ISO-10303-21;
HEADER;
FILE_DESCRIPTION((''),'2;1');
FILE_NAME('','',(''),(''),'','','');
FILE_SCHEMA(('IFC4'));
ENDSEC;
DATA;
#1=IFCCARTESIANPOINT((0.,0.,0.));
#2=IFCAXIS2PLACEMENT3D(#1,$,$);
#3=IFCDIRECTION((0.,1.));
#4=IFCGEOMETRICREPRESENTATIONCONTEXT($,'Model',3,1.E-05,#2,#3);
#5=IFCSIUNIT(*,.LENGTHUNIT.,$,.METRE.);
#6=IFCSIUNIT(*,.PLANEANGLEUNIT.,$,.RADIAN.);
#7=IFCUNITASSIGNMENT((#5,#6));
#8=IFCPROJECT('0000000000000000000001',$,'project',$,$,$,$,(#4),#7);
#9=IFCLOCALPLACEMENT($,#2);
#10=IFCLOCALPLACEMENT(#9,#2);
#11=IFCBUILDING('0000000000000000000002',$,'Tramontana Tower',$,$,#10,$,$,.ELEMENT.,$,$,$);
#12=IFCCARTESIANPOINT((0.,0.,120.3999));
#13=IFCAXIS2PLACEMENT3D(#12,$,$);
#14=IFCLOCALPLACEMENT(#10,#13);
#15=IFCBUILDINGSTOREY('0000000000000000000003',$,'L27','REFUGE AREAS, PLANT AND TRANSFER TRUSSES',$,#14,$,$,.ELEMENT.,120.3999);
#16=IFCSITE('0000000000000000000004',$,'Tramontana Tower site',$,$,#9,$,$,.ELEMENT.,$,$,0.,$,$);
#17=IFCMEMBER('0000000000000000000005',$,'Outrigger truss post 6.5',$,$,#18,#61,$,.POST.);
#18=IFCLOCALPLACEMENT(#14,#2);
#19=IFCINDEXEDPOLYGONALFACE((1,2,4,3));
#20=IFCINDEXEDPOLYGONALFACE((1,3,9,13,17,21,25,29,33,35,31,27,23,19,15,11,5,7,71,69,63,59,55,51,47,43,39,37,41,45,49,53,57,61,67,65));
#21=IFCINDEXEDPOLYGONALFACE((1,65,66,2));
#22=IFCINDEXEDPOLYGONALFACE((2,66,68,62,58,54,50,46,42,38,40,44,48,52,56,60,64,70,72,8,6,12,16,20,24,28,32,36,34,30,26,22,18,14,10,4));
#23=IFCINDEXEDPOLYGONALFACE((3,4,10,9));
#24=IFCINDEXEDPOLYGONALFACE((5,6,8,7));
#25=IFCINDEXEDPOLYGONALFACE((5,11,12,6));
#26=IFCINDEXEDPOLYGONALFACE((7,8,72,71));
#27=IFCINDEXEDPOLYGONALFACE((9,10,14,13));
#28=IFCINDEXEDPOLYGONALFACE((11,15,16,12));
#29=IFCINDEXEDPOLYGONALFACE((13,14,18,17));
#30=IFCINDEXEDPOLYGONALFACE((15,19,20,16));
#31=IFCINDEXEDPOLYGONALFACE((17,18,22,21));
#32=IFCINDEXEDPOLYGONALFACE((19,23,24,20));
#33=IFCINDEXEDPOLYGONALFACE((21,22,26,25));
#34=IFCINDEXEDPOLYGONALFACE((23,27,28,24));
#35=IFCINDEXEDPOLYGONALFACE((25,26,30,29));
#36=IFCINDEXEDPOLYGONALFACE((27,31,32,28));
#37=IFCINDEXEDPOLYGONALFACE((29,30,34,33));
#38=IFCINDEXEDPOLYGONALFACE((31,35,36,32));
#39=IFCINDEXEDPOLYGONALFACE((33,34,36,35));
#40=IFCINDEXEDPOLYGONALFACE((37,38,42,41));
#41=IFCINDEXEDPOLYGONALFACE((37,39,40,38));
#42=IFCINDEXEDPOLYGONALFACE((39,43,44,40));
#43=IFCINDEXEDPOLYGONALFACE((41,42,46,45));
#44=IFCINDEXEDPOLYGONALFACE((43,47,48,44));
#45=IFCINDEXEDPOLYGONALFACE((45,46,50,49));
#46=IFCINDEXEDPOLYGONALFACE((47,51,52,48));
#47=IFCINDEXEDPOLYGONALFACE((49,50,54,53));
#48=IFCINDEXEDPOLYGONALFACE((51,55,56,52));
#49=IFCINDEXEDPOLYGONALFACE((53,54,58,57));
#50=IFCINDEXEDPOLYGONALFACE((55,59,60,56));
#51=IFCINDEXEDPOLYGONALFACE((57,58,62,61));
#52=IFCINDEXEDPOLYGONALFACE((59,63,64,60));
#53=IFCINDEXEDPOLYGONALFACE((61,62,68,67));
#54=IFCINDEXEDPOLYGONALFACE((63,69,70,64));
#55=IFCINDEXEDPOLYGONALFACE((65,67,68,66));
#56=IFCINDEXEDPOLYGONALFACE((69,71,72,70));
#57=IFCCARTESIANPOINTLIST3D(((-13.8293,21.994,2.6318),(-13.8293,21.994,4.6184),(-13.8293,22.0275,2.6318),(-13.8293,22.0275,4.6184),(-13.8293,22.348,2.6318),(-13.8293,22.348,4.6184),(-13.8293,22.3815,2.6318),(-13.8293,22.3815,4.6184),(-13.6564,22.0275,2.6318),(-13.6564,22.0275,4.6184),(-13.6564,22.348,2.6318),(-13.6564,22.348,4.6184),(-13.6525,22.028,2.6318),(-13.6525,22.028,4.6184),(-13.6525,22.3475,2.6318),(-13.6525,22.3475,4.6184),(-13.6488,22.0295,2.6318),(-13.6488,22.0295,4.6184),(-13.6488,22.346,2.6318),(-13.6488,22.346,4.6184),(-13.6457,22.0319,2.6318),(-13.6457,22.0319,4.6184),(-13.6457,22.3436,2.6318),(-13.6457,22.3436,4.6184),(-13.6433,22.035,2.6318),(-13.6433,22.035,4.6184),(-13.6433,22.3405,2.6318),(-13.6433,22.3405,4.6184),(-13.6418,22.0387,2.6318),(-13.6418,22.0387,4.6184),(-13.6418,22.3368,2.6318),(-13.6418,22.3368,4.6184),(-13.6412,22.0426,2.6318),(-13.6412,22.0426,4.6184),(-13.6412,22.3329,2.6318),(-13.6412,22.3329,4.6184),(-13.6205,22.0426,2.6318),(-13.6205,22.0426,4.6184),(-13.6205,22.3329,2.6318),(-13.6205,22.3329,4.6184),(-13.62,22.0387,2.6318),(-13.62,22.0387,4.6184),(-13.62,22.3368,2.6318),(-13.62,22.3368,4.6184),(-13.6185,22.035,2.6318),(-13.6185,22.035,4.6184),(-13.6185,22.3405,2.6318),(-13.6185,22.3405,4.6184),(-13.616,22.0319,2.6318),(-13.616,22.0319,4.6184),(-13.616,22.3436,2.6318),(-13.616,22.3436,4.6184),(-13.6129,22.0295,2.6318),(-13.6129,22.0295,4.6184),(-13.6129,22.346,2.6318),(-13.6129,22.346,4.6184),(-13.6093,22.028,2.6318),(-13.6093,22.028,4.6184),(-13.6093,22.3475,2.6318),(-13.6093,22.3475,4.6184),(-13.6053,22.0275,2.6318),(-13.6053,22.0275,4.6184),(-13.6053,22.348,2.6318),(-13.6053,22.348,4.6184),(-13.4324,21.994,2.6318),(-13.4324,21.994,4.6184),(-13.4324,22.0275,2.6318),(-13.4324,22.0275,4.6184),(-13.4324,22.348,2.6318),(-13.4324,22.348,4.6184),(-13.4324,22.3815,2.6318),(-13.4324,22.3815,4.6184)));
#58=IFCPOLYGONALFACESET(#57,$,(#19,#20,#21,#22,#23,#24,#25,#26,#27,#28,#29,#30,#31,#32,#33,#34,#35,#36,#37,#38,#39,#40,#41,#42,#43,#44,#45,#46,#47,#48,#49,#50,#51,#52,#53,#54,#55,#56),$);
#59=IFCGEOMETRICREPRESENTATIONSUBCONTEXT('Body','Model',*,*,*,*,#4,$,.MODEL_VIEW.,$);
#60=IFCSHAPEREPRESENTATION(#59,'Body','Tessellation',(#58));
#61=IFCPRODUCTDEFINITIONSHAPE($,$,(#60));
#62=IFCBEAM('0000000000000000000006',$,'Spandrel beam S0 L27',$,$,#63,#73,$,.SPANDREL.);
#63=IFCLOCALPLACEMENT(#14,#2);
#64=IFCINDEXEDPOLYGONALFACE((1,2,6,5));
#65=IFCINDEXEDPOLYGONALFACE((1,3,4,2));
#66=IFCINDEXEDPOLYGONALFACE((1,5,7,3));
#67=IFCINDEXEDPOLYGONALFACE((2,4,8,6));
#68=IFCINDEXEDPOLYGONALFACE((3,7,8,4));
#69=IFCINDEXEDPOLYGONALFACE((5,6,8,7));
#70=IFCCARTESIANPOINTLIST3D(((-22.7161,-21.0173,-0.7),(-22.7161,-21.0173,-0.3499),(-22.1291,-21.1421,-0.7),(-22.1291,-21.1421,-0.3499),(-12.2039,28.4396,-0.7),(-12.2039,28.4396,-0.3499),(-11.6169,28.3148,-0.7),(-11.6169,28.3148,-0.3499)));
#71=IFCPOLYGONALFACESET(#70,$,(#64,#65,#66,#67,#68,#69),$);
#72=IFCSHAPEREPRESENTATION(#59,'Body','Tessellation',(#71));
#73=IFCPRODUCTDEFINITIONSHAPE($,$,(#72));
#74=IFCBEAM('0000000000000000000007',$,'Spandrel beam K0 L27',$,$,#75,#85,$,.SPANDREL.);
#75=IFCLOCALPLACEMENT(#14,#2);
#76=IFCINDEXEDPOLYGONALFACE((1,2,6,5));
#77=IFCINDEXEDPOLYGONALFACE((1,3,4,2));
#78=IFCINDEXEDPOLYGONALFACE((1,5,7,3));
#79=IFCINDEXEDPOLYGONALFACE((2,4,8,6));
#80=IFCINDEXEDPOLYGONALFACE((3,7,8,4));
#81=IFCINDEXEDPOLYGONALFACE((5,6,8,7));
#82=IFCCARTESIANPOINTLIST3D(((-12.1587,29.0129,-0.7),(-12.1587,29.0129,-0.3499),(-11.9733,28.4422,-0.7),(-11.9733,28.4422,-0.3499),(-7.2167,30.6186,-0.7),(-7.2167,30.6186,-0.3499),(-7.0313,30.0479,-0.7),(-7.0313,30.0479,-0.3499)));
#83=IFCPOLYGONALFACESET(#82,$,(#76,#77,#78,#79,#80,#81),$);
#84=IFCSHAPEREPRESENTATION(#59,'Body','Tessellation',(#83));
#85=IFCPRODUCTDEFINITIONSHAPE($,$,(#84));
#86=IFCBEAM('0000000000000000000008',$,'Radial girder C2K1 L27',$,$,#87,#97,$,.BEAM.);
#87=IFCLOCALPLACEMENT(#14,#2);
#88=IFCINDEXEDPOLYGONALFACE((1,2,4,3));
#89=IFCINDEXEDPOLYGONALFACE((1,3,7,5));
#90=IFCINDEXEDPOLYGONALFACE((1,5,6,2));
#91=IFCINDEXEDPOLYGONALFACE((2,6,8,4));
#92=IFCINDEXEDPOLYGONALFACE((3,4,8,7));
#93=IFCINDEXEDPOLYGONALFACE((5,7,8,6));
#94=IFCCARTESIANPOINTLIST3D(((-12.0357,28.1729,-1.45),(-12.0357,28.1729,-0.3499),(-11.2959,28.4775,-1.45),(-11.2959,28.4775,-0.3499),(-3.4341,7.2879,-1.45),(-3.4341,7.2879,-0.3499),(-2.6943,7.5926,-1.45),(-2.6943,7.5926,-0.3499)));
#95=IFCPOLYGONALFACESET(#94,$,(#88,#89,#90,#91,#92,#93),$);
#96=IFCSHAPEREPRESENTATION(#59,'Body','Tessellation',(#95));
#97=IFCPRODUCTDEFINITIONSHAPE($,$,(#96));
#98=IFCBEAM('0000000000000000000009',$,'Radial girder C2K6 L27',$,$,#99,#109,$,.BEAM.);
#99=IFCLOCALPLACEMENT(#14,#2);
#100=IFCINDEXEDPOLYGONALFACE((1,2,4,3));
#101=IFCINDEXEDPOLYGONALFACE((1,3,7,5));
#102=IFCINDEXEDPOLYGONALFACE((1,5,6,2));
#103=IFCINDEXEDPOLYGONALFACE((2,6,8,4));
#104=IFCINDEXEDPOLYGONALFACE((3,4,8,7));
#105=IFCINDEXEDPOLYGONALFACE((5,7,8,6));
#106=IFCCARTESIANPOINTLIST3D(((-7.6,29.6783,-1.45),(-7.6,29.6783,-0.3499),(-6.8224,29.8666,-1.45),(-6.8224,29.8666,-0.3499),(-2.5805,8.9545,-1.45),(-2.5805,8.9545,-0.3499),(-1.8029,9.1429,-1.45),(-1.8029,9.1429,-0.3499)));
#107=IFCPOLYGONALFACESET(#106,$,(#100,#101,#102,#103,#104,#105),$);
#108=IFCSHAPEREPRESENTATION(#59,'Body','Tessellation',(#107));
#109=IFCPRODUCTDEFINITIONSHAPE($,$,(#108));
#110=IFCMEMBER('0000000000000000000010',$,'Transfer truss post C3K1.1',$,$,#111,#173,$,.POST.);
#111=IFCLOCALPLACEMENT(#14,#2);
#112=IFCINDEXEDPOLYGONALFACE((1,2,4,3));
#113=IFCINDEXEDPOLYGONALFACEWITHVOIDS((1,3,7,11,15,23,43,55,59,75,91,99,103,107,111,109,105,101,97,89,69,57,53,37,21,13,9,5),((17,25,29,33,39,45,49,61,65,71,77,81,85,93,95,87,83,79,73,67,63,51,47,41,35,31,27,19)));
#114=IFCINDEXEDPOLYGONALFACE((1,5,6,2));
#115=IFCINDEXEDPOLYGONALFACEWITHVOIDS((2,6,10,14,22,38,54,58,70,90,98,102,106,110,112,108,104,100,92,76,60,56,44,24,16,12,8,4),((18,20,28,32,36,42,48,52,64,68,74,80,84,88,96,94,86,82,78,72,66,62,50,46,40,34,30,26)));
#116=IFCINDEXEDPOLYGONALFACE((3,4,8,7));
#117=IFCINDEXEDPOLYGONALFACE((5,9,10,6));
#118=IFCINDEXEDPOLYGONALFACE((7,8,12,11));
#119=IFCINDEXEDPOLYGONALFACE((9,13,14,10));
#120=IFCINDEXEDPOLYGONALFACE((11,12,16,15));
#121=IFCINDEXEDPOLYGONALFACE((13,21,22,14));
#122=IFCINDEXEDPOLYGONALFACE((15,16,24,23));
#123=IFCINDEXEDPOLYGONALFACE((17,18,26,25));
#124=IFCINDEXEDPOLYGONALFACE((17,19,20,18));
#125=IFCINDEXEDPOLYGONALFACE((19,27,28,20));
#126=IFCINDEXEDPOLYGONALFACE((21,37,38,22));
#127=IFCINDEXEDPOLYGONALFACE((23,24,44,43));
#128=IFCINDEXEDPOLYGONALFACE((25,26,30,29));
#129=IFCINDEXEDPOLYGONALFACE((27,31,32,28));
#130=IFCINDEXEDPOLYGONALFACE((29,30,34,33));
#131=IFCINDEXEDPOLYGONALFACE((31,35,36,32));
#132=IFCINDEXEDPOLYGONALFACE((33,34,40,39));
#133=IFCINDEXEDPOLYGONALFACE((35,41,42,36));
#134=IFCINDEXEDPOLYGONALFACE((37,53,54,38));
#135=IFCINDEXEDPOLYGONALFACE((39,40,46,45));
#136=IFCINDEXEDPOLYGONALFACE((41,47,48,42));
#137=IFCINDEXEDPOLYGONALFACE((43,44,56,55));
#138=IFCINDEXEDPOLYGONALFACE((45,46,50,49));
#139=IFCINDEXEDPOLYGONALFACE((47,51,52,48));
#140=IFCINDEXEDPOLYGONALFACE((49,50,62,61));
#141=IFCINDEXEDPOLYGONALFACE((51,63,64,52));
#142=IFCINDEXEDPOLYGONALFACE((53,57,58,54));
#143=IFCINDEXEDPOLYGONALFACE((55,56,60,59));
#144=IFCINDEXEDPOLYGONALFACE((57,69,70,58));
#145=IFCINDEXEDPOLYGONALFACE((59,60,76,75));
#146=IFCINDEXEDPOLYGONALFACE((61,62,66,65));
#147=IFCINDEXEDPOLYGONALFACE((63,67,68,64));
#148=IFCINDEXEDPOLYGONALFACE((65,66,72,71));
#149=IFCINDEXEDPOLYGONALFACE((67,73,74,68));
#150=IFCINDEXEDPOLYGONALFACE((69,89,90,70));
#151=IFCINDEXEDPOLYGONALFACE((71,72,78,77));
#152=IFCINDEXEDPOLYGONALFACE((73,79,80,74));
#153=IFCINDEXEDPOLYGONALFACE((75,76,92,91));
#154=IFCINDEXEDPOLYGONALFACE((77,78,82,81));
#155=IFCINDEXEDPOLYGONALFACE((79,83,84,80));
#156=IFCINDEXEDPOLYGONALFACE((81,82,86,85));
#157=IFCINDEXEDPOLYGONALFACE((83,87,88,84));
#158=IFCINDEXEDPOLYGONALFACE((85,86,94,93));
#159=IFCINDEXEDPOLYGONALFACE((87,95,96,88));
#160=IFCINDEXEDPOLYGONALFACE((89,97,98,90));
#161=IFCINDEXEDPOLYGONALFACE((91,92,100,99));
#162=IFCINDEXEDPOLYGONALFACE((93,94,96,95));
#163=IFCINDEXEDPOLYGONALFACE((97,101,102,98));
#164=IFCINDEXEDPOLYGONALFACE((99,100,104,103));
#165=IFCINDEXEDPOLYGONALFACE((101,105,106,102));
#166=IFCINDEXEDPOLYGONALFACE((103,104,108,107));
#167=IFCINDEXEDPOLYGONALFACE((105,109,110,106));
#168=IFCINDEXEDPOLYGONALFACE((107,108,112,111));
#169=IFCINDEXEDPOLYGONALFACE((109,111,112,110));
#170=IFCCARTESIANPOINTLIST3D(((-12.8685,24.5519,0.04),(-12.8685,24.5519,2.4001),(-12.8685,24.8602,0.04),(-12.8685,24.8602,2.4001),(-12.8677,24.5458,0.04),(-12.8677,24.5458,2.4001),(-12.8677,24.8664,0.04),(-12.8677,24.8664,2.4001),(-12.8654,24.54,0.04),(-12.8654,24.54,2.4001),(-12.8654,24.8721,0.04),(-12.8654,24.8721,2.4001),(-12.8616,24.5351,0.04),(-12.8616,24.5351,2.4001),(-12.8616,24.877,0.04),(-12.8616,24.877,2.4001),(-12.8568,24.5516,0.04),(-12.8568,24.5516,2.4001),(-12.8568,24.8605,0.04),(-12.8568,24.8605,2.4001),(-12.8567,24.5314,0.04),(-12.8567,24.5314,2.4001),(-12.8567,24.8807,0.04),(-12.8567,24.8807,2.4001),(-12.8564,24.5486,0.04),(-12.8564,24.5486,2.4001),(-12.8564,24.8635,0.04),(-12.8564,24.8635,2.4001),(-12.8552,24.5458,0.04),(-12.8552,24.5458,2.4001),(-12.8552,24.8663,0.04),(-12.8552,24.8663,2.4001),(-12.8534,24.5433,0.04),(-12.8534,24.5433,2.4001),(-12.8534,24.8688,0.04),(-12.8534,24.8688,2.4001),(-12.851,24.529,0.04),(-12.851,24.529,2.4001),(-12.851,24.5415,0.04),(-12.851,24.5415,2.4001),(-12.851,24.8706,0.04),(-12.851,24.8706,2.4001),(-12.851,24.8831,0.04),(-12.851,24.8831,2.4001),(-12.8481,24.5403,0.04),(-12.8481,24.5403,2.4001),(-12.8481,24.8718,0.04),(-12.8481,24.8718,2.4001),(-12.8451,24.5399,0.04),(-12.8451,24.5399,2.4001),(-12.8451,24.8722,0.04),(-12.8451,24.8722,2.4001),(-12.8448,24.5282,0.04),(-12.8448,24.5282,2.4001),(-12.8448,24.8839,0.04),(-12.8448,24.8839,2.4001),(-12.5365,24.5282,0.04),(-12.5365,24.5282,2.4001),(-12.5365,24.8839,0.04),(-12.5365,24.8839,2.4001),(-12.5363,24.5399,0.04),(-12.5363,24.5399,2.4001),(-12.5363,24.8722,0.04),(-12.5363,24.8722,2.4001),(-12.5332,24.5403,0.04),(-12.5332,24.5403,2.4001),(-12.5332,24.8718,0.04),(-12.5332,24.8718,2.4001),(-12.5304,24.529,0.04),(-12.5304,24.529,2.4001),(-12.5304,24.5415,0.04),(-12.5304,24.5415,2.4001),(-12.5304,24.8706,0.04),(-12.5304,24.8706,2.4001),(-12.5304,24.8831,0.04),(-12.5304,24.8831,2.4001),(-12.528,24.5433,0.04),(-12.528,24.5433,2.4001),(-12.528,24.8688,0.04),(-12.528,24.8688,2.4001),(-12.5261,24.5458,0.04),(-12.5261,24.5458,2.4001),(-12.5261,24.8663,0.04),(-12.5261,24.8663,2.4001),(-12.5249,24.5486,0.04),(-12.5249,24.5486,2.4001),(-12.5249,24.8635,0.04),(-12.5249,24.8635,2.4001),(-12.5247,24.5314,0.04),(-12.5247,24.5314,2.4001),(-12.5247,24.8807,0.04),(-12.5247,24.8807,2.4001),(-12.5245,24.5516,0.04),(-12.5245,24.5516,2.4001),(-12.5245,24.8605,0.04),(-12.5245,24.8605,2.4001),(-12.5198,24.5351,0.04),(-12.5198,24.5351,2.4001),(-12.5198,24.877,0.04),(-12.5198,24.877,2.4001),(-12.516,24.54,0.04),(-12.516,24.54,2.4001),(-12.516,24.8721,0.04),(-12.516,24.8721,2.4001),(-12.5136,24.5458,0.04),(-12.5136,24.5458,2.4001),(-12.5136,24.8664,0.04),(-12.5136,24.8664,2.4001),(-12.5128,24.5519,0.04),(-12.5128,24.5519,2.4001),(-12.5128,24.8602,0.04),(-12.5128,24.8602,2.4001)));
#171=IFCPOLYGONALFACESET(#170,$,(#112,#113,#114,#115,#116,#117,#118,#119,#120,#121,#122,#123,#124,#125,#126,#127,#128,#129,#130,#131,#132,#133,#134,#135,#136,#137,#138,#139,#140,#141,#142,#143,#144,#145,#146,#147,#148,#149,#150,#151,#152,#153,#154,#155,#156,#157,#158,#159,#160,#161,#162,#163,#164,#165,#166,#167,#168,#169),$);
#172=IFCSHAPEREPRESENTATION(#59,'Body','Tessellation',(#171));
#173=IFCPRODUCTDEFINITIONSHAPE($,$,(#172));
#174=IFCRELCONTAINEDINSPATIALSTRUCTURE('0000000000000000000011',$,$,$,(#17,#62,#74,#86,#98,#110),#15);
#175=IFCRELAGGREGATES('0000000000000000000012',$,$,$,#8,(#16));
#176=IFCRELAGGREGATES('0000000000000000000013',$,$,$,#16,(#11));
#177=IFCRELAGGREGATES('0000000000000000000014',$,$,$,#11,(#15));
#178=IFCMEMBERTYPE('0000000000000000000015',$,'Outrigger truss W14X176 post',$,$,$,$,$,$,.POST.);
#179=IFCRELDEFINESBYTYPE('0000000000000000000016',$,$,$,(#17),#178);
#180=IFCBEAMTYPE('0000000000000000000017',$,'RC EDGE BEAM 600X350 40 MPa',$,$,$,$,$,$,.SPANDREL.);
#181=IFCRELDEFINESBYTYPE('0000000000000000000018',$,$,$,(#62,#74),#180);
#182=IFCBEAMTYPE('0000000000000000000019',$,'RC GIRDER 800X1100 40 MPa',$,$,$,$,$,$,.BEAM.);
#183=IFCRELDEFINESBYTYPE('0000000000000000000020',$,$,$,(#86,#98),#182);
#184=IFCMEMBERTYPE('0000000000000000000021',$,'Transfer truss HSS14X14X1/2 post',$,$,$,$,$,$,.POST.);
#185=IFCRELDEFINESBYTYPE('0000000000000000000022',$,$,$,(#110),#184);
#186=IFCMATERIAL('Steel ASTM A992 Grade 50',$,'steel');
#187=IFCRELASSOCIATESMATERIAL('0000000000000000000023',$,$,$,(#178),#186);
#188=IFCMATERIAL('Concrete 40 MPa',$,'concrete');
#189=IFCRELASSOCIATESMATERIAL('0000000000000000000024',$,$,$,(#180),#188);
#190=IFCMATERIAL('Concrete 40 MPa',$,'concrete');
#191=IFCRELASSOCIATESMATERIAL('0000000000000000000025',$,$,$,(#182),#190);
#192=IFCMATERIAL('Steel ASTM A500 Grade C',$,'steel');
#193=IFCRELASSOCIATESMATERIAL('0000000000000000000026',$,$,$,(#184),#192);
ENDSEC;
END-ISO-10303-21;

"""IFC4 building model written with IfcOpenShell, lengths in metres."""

from ifc_helpers import new_model, si_unit, direction, frame, origin, origin_2d, place, context, subcontext, project, spatial, rectangle, hollow_rectangle, i_section, extrude, material, material_profile, profile_set, type_object, element, save


model = new_model("IFC4")

# Units and contexts
model_context = context("Model", 3, precision=1e-05, world=origin(), true_north=direction((0.0, 1.0)))
body_context = subcontext(model_context, "Body", "Model", "MODEL_VIEW")
ifc_project = project(units=[si_unit("LENGTHUNIT", "METRE"), si_unit("PLANEANGLEUNIT", "RADIAN")], contexts=[model_context])

# Site, building, storey
site_placement = place(None, origin())
site = spatial("IfcSite", under=ifc_project, at=site_placement, Name="Tramontana Tower site", CompositionType="ELEMENT", RefElevation=0.0)
building_placement = place(site_placement, origin())
building = spatial("IfcBuilding", under=site, at=building_placement, Name="Tramontana Tower", CompositionType="ELEMENT")
storey_placement = place(building_placement, frame((0.0, 0.0, 120.3999)))
storey = spatial("IfcBuildingStorey", under=building, at=storey_placement, Name="L27", Description="REFUGE AREAS, PLANT AND TRANSFER TRUSSES", CompositionType="ELEMENT", Elevation=120.3999)

# Member
ifc_material_1 = material(Name="Steel ASTM A992 Grade 50", Category="steel")
ifc_material_profile_1 = material_profile(ifc_material_1, i_section(OverallWidth=0.397, OverallDepth=0.3875, WebThickness=0.0208, FlangeThickness=0.0334, FilletRadius=0.0151, at=origin_2d()), Name="W14X176")
ifc_profile_set_1 = profile_set([ifc_material_profile_1], Name="Steel ASTM A992 Grade 50")
member_type_1 = type_object("IfcMemberType", Name="Outrigger truss W14X176 post", PredefinedType="POST", material=ifc_profile_set_1)
for number, where, z_axis, x_axis, name in (
    (1, (-13.6309, 22.1877, 2.6318), (0.0, 0.0, 1.0), (1.0, 0.0, 0.0), "Outrigger truss post 6.5"),
):
    element("IfcMember", number, at=place(storey_placement, frame(where, z_axis=z_axis, x_axis=x_axis)), inside=storey, type_object=member_type_1, Name=name, PredefinedType="POST", context=body_context, shape_type="SweptSolid", body=[
        extrude(i_section(OverallWidth=0.397, OverallDepth=0.3875, WebThickness=0.0208, FlangeThickness=0.0334, FilletRadius=0.0151, at=origin_2d()), origin(), (0.0, 0.0, 1.0), 1.9866),
    ])

# Beams
ifc_material_2 = material(Name="Concrete 40 MPa", Category="concrete")
ifc_material_profile_2 = material_profile(ifc_material_2, rectangle(XDim=0.6001, YDim=0.3501, at=origin_2d()), Name="RC EDGE BEAM 600X350 40 MPa")
ifc_profile_set_2 = profile_set([ifc_material_profile_2], Name="Concrete 40 MPa")
beam_type_1 = type_object("IfcBeamType", Name="RC EDGE BEAM 600X350 40 MPa", PredefinedType="SPANDREL", material=ifc_profile_set_2)
beam_1_placement = place(storey_placement, frame((-11.9104, 28.3772, -0.5249), z_axis=(-0.207909, -0.978148, 0.0), x_axis=(0.978148, -0.207909, 0.0)))
element("IfcBeam", 2, at=beam_1_placement, inside=storey, type_object=beam_type_1, Name="Spandrel beam S0 L27", PredefinedType="SPANDREL", context=body_context, shape_type="SweptSolid", body=[
    extrude(rectangle(XDim=0.6001, YDim=0.3501, at=origin_2d()), origin(), (0.0, 0.0, 1.0), 50.5618),
])
beam_2_placement = place(storey_placement, frame((-7.124, 30.3333, -0.5249), z_axis=(-0.951057, -0.309016, 0.0), x_axis=(0.309016, -0.951057, 0.0)))
element("IfcBeam", 3, at=beam_2_placement, inside=storey, type_object=beam_type_1, Name="Spandrel beam K0 L27", PredefinedType="SPANDREL", context=body_context, shape_type="SweptSolid", body=[
    extrude(rectangle(XDim=0.6001, YDim=0.3501, at=origin_2d()), origin(), (0.0, 0.0, 1.0), 5.1963),
])
ifc_material_3 = material(Name="Concrete 40 MPa", Category="concrete")
ifc_material_profile_3 = material_profile(ifc_material_3, rectangle(XDim=0.8, YDim=1.1001, at=origin_2d()), Name="RC GIRDER 800X1100 40 MPa")
ifc_profile_set_3 = profile_set([ifc_material_profile_3], Name="Concrete 40 MPa")
beam_type_2 = type_object("IfcBeamType", Name="RC GIRDER 800X1100 40 MPa", PredefinedType="BEAM", material=ifc_profile_set_3)
beam_3_placement = place(storey_placement, frame((-11.6658, 28.3252, -0.8999), z_axis=(0.38082, -0.924649, 0.0), x_axis=(0.924649, 0.38082, 0.0)))
element("IfcBeam", 4, at=beam_3_placement, inside=storey, type_object=beam_type_2, Name="Radial girder C2K1 L27", PredefinedType="BEAM", context=body_context, shape_type="SweptSolid", body=[
    extrude(rectangle(XDim=0.8, YDim=1.1001, at=origin_2d()), origin(), (0.0, 0.0, 1.0), 22.5869),
])
beam_4_placement = place(storey_placement, frame((-7.2112, 29.7725, -0.8999), z_axis=(0.235403, -0.971898, 0.0), x_axis=(0.971898, 0.235403, 0.0)))
element("IfcBeam", 5, at=beam_4_placement, inside=storey, type_object=beam_type_2, Name="Radial girder C2K6 L27", PredefinedType="BEAM", context=body_context, shape_type="SweptSolid", body=[
    extrude(rectangle(XDim=0.8, YDim=1.1001, at=origin_2d()), origin(), (0.0, 0.0, 1.0), 21.323),
])

# Member
ifc_material_4 = material(Name="Steel ASTM A500 Grade C", Category="steel")
ifc_material_profile_4 = material_profile(ifc_material_4, hollow_rectangle(XDim=0.3557, YDim=0.3557, WallThickness=0.0117, InnerFilletRadius=0.0117, OuterFilletRadius=0.0237, at=origin_2d()), Name="HSS14X14X1/2")
ifc_profile_set_4 = profile_set([ifc_material_profile_4], Name="Steel ASTM A500 Grade C")
member_type_2 = type_object("IfcMemberType", Name="Transfer truss HSS14X14X1/2 post", PredefinedType="POST", material=ifc_profile_set_4)
for number, where, z_axis, x_axis, name in (
    (6, (-12.6907, 24.7061, 0.04), (0.0, 0.0, 1.0), (1.0, 0.0, 0.0), "Transfer truss post C3K1.1"),
):
    element("IfcMember", number, at=place(storey_placement, frame(where, z_axis=z_axis, x_axis=x_axis)), inside=storey, type_object=member_type_2, Name=name, PredefinedType="POST", context=body_context, shape_type="SweptSolid", body=[
        extrude(hollow_rectangle(XDim=0.3557, YDim=0.3557, WallThickness=0.0117, InnerFilletRadius=0.0117, OuterFilletRadius=0.0237, at=origin_2d()), origin(), (0.0, 0.0, 1.0), 2.3601),
    ])

save(model, "model.ifc")
